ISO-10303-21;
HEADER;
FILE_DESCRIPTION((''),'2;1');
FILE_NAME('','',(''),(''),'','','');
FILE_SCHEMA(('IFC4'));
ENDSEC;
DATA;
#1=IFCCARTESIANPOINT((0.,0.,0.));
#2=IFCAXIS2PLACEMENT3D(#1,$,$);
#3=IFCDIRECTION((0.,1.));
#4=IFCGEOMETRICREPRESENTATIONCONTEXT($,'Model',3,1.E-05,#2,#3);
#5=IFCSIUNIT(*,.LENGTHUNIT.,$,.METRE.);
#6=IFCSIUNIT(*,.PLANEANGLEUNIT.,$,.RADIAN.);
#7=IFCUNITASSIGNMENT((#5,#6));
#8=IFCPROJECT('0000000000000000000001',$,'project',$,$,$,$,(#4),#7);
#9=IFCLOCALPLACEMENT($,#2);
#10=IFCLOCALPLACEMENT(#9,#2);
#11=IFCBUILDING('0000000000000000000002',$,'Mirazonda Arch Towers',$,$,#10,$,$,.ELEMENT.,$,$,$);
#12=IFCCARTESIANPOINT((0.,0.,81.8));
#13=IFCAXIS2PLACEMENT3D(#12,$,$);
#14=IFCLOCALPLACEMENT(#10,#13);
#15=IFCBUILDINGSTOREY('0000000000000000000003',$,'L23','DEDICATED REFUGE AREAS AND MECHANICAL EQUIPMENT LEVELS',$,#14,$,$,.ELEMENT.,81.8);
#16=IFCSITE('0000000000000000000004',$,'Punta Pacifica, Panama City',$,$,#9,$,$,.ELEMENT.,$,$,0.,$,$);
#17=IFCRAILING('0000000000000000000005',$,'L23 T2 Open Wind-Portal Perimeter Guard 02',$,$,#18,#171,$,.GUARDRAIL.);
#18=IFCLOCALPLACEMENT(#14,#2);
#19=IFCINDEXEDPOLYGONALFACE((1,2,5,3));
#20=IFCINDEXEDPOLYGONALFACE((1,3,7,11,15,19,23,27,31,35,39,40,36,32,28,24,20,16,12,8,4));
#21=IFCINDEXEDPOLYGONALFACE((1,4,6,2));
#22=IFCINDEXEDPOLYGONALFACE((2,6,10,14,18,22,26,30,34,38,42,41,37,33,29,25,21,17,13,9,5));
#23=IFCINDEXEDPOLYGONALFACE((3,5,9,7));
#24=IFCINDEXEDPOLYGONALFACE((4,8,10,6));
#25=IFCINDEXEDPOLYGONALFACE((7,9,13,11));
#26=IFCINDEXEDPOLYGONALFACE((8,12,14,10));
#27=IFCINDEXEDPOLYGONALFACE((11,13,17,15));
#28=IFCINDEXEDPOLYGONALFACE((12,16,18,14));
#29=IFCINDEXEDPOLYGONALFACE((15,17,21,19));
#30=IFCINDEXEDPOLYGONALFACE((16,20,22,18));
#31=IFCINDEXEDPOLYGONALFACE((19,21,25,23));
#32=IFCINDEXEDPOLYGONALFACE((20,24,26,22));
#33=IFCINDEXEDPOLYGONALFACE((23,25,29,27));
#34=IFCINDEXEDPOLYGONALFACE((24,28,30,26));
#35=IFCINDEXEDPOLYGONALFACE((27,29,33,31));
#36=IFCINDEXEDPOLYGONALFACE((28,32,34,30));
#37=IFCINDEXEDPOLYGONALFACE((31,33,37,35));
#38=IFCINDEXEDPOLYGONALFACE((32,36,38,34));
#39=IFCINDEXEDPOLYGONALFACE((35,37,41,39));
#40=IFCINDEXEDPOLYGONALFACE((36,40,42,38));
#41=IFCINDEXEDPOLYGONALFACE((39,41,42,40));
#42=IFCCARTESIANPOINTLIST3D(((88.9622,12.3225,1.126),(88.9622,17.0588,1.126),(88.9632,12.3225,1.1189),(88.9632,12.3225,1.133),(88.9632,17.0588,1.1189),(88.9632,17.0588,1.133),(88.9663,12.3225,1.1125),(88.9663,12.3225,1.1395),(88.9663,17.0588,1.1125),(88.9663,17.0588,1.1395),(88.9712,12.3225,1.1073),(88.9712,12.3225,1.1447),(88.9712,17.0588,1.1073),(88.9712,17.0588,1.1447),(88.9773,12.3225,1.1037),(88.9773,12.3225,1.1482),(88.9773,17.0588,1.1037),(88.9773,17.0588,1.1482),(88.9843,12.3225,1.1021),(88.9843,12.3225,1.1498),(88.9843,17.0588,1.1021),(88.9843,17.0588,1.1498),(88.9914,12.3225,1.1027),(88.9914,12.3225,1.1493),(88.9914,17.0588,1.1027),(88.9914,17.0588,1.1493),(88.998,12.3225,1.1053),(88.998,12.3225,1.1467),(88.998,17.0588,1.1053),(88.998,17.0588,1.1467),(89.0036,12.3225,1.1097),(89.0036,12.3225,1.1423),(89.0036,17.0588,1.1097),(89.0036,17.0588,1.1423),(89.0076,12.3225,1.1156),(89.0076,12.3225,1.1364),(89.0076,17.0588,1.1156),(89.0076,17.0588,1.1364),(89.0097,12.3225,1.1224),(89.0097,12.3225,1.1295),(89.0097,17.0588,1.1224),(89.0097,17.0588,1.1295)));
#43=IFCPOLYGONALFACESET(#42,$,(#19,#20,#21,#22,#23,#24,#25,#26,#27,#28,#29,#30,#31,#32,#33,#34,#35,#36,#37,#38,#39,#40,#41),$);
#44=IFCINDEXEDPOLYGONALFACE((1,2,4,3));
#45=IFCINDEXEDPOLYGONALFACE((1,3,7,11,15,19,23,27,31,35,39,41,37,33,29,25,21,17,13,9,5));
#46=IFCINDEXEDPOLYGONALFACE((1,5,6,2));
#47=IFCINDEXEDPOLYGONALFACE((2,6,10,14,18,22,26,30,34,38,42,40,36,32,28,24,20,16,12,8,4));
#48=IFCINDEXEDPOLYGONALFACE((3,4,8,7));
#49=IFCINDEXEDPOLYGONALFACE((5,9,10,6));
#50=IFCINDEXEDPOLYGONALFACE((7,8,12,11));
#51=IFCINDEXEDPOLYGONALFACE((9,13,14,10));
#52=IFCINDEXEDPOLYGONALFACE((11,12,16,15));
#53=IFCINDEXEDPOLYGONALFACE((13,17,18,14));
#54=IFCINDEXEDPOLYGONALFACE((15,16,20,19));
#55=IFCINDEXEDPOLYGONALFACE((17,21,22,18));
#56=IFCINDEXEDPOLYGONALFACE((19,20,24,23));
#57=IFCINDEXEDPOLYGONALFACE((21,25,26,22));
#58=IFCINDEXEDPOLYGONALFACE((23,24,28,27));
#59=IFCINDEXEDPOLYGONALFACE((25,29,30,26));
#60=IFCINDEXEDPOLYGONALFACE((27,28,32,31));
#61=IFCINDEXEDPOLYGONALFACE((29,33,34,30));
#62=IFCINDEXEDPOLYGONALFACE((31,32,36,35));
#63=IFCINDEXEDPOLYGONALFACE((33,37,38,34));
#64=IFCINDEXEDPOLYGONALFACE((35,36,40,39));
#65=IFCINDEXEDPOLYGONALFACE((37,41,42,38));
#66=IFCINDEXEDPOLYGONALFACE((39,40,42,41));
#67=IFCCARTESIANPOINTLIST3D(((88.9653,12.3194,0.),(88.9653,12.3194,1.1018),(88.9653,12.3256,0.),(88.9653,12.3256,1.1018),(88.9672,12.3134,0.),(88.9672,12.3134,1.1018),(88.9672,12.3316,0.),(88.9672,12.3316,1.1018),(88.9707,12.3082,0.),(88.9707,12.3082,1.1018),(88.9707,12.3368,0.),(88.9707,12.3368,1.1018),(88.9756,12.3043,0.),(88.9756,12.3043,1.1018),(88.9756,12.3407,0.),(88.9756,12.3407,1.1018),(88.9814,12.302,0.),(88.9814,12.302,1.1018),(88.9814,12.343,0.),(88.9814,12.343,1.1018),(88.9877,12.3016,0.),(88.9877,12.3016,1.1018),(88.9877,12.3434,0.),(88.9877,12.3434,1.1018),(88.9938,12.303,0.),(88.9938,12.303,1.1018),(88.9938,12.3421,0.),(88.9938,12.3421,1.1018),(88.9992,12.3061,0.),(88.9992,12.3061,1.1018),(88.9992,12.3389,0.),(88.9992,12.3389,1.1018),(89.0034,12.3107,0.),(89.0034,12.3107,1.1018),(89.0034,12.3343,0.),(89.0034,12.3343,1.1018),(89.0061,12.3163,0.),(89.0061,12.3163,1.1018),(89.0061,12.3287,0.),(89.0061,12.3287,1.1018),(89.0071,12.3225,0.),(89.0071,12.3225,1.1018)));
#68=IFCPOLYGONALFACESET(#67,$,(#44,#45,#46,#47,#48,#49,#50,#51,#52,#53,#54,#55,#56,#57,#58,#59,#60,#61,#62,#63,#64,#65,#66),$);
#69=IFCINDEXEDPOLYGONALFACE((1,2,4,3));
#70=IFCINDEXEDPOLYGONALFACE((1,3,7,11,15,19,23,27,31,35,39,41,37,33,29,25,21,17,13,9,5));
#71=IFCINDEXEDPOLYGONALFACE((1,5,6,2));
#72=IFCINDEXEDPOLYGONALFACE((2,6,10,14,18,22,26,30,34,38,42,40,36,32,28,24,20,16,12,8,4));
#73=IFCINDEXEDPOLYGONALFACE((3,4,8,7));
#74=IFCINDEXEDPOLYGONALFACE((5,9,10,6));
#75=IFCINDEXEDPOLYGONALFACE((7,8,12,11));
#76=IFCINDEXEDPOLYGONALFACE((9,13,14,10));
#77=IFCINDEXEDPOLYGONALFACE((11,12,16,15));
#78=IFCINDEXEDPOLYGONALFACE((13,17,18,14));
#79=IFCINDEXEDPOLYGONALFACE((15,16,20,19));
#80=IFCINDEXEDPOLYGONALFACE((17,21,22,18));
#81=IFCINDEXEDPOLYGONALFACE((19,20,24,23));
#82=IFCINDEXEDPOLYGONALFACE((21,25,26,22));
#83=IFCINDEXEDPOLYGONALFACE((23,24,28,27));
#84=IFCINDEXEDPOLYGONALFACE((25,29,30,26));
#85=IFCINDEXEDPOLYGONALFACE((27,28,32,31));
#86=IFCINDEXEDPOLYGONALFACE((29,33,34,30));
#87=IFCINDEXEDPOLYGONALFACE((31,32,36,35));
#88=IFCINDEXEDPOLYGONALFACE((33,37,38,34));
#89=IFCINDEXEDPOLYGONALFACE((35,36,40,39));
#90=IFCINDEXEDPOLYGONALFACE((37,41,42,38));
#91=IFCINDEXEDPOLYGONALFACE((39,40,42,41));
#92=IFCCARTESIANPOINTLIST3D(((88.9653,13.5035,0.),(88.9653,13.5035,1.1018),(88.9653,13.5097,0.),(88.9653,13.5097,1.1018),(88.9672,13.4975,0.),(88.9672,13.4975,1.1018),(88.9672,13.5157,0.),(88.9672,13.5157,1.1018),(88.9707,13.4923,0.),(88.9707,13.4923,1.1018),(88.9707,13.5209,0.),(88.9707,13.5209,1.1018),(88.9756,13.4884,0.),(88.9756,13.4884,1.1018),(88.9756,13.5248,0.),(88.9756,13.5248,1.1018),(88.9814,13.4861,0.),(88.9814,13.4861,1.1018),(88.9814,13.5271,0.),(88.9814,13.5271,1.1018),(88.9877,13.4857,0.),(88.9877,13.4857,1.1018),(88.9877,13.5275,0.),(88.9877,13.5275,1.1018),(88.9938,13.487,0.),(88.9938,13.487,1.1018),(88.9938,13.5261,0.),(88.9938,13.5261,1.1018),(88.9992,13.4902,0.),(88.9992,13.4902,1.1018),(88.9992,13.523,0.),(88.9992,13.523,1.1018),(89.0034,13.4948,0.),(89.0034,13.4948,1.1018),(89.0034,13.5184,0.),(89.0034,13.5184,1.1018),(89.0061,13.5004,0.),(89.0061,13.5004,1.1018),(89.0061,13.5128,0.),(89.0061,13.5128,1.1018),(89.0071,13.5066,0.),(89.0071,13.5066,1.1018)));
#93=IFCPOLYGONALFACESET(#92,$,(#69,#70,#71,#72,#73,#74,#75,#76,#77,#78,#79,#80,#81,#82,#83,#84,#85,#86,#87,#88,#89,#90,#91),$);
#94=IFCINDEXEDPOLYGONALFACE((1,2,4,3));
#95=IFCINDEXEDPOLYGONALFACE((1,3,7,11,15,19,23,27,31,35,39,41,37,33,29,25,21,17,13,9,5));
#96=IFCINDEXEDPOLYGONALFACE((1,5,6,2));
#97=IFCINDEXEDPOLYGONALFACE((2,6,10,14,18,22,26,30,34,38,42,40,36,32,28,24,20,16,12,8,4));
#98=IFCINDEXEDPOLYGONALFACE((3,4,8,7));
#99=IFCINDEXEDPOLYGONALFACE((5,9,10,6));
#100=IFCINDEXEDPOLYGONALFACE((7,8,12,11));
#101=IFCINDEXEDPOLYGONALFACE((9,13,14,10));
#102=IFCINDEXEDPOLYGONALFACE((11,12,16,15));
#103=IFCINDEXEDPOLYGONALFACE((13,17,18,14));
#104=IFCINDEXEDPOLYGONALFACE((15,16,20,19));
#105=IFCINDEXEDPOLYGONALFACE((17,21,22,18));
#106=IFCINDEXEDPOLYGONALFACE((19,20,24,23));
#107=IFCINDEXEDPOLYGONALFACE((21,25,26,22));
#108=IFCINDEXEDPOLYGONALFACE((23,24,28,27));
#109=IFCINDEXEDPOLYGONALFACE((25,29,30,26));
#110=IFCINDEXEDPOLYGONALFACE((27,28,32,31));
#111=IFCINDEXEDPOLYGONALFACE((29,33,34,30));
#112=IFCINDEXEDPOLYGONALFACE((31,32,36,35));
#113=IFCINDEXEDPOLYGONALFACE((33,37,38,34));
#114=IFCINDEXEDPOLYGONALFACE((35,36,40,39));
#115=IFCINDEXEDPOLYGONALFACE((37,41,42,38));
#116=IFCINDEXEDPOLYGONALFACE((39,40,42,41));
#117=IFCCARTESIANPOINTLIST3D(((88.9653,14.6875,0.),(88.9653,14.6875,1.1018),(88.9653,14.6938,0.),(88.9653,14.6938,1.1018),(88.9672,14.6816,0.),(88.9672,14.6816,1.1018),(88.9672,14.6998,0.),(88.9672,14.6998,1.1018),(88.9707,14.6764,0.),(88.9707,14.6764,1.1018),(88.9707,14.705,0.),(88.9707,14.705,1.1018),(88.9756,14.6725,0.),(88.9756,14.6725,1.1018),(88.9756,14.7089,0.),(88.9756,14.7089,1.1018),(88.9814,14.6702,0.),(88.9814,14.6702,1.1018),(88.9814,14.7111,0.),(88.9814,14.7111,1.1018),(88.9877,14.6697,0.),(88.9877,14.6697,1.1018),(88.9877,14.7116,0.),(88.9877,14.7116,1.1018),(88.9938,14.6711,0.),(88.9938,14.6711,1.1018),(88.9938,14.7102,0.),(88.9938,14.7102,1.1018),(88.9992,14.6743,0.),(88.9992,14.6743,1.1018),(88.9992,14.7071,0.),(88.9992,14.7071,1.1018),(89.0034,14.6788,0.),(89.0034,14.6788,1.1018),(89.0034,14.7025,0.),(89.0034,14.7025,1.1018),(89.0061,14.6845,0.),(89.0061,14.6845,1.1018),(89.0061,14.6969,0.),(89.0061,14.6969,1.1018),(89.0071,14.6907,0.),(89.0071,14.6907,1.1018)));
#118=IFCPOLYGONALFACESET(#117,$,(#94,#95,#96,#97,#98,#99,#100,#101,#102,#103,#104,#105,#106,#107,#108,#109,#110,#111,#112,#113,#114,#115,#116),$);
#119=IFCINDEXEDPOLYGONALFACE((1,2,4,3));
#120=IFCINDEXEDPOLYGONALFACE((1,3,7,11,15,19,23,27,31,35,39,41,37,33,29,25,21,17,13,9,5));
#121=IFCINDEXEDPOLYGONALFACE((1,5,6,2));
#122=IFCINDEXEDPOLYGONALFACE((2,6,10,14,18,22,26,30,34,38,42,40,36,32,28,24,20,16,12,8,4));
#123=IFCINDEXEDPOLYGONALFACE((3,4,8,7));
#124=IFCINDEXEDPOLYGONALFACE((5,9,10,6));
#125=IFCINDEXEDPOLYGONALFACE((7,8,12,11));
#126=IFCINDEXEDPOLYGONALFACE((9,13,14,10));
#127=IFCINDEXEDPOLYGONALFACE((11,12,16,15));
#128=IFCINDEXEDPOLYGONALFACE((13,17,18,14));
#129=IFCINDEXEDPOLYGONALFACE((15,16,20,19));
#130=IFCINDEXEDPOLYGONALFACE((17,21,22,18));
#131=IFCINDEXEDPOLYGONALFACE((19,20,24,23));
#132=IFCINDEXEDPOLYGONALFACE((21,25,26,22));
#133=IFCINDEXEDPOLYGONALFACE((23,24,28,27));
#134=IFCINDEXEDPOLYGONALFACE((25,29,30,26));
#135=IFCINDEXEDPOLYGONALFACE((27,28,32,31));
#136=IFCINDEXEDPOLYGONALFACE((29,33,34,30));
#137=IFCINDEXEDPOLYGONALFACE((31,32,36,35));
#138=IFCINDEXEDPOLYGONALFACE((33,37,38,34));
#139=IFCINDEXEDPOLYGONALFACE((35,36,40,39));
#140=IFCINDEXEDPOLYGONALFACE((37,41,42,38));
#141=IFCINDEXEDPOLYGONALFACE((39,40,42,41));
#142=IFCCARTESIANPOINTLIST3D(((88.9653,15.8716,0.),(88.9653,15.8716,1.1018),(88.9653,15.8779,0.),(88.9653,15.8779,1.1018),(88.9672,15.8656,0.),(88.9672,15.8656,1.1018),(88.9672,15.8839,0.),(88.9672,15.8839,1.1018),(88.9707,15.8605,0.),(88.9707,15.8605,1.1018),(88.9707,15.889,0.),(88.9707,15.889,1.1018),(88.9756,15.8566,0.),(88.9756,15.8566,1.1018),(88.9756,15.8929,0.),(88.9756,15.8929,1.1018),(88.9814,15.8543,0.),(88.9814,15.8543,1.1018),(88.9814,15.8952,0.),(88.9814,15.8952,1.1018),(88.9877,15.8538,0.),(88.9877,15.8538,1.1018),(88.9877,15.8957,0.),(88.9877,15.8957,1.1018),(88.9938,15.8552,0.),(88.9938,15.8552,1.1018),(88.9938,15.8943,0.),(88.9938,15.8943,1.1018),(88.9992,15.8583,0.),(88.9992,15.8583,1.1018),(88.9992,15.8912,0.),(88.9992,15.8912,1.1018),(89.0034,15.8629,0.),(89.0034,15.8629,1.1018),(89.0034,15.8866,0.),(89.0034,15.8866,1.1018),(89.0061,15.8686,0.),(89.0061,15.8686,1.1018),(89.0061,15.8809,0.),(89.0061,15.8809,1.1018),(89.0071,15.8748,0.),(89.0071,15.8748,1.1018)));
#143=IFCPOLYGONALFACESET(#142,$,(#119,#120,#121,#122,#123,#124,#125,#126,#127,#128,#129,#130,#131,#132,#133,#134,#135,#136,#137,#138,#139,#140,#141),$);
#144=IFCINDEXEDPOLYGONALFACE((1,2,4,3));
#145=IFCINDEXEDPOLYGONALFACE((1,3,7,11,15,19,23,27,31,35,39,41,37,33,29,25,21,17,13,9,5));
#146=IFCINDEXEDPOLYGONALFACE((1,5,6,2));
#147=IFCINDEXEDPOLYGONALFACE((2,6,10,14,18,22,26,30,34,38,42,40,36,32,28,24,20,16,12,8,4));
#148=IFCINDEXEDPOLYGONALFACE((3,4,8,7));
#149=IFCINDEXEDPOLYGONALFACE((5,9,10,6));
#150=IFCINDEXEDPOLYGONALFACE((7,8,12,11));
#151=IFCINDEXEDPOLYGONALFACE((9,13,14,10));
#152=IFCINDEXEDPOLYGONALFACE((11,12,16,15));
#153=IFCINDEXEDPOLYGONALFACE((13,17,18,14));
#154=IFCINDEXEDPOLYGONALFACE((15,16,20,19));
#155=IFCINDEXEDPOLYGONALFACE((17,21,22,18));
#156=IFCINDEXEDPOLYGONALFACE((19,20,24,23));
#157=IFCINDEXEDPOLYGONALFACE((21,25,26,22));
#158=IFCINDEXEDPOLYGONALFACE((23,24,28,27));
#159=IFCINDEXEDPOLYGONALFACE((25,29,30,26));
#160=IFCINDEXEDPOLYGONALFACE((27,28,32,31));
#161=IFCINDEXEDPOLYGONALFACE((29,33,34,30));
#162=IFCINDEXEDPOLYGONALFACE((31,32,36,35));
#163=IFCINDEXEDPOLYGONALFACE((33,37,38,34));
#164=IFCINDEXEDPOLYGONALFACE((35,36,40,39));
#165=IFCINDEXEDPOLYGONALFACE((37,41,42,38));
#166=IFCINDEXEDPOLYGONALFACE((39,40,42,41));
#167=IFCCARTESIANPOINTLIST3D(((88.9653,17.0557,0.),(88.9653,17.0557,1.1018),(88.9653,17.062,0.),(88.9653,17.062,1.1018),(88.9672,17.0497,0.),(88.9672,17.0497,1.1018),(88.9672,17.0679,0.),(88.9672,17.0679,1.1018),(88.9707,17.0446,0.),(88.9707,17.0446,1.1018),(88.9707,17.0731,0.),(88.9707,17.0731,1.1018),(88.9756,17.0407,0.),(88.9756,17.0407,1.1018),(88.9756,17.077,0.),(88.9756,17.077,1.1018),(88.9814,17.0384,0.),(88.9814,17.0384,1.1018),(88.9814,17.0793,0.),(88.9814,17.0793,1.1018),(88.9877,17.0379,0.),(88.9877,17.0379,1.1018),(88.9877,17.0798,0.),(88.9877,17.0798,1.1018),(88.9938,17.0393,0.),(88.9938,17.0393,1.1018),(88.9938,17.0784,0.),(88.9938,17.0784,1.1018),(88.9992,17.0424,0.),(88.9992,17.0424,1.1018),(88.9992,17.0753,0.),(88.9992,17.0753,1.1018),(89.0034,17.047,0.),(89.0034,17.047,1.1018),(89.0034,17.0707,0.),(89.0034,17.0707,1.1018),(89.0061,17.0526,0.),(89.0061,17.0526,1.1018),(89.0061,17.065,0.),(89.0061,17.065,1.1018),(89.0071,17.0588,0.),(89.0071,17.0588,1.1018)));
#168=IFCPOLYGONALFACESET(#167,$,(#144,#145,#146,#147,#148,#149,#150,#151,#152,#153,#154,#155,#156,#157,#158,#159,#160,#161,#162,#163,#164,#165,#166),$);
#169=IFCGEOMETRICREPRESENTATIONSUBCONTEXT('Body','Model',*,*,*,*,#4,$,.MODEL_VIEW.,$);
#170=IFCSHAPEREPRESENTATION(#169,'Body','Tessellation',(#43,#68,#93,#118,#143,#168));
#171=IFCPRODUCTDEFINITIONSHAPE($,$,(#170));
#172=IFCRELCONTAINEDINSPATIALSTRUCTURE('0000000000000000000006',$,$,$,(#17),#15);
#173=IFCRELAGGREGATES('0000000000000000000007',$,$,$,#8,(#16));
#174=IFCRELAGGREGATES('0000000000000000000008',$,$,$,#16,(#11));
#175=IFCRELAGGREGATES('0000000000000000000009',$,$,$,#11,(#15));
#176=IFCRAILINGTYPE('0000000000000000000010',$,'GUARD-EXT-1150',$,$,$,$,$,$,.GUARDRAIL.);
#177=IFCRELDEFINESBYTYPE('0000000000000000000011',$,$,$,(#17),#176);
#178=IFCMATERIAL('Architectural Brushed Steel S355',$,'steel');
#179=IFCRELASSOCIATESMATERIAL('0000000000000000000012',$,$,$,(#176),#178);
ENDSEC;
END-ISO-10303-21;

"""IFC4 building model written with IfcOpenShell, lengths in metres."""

from ifc_helpers import new_model, si_unit, direction, frame, origin, origin_2d, place, context, subcontext, project, spatial, circle, extrude, material, type_object, element, save


model = new_model("IFC4")

# Units and contexts
model_context = context("Model", 3, precision=1e-05, world=origin(), true_north=direction((0.0, 1.0)))
body_context = subcontext(model_context, "Body", "Model", "MODEL_VIEW")
ifc_project = project(units=[si_unit("LENGTHUNIT", "METRE"), si_unit("PLANEANGLEUNIT", "RADIAN")], contexts=[model_context])

# Site, building, storey
site_placement = place(None, origin())
site = spatial("IfcSite", under=ifc_project, at=site_placement, Name="Punta Pacifica, Panama City", CompositionType="ELEMENT", RefElevation=0.0)
building_placement = place(site_placement, origin())
building = spatial("IfcBuilding", under=site, at=building_placement, Name="Mirazonda Arch Towers", CompositionType="ELEMENT")
storey_placement = place(building_placement, frame((0.0, 0.0, 81.8)))
storey = spatial("IfcBuildingStorey", under=building, at=storey_placement, Name="L23", Description="DEDICATED REFUGE AREAS AND MECHANICAL EQUIPMENT LEVELS", CompositionType="ELEMENT", Elevation=81.8)

# Railing
ifc_material_1 = material(Name="Architectural Brushed Steel S355", Category="steel")
railing_type = type_object("IfcRailingType", Name="GUARD-EXT-1150", PredefinedType="GUARDRAIL", material=ifc_material_1)
railing_1_placement = place(storey_placement, frame((88.9861, 12.3225, 0.0)))
element("IfcRailing", 1, at=railing_1_placement, inside=storey, type_object=railing_type, Name="L23 T2 Open Wind-Portal Perimeter Guard 02", PredefinedType="GUARDRAIL", context=body_context, shape_type="SweptSolid", body=[
    extrude(circle(Radius=0.0239, at=origin_2d()), frame((0.0, 0.0, 1.126), z_axis=(0.0, 1.0, 0.0), x_axis=(-1.0, 0.0, 0.0)), (0.0, 0.0, 1.0), 4.7363),
    extrude(circle(Radius=0.021, at=origin_2d()), origin(), (0.0, 0.0, 1.0), 1.1018),
    extrude(circle(Radius=0.021, at=origin_2d()), frame((0.0, 1.1841, 0.0)), (0.0, 0.0, 1.0), 1.1018),
    extrude(circle(Radius=0.021, at=origin_2d()), frame((0.0, 2.3682, 0.0)), (0.0, 0.0, 1.0), 1.1018),
    extrude(circle(Radius=0.021, at=origin_2d()), frame((0.0, 3.5522, 0.0)), (0.0, 0.0, 1.0), 1.1018),
    extrude(circle(Radius=0.021, at=origin_2d()), frame((0.0, 4.7363, 0.0)), (0.0, 0.0, 1.0), 1.1018),
])

save(model, "model.ifc")
